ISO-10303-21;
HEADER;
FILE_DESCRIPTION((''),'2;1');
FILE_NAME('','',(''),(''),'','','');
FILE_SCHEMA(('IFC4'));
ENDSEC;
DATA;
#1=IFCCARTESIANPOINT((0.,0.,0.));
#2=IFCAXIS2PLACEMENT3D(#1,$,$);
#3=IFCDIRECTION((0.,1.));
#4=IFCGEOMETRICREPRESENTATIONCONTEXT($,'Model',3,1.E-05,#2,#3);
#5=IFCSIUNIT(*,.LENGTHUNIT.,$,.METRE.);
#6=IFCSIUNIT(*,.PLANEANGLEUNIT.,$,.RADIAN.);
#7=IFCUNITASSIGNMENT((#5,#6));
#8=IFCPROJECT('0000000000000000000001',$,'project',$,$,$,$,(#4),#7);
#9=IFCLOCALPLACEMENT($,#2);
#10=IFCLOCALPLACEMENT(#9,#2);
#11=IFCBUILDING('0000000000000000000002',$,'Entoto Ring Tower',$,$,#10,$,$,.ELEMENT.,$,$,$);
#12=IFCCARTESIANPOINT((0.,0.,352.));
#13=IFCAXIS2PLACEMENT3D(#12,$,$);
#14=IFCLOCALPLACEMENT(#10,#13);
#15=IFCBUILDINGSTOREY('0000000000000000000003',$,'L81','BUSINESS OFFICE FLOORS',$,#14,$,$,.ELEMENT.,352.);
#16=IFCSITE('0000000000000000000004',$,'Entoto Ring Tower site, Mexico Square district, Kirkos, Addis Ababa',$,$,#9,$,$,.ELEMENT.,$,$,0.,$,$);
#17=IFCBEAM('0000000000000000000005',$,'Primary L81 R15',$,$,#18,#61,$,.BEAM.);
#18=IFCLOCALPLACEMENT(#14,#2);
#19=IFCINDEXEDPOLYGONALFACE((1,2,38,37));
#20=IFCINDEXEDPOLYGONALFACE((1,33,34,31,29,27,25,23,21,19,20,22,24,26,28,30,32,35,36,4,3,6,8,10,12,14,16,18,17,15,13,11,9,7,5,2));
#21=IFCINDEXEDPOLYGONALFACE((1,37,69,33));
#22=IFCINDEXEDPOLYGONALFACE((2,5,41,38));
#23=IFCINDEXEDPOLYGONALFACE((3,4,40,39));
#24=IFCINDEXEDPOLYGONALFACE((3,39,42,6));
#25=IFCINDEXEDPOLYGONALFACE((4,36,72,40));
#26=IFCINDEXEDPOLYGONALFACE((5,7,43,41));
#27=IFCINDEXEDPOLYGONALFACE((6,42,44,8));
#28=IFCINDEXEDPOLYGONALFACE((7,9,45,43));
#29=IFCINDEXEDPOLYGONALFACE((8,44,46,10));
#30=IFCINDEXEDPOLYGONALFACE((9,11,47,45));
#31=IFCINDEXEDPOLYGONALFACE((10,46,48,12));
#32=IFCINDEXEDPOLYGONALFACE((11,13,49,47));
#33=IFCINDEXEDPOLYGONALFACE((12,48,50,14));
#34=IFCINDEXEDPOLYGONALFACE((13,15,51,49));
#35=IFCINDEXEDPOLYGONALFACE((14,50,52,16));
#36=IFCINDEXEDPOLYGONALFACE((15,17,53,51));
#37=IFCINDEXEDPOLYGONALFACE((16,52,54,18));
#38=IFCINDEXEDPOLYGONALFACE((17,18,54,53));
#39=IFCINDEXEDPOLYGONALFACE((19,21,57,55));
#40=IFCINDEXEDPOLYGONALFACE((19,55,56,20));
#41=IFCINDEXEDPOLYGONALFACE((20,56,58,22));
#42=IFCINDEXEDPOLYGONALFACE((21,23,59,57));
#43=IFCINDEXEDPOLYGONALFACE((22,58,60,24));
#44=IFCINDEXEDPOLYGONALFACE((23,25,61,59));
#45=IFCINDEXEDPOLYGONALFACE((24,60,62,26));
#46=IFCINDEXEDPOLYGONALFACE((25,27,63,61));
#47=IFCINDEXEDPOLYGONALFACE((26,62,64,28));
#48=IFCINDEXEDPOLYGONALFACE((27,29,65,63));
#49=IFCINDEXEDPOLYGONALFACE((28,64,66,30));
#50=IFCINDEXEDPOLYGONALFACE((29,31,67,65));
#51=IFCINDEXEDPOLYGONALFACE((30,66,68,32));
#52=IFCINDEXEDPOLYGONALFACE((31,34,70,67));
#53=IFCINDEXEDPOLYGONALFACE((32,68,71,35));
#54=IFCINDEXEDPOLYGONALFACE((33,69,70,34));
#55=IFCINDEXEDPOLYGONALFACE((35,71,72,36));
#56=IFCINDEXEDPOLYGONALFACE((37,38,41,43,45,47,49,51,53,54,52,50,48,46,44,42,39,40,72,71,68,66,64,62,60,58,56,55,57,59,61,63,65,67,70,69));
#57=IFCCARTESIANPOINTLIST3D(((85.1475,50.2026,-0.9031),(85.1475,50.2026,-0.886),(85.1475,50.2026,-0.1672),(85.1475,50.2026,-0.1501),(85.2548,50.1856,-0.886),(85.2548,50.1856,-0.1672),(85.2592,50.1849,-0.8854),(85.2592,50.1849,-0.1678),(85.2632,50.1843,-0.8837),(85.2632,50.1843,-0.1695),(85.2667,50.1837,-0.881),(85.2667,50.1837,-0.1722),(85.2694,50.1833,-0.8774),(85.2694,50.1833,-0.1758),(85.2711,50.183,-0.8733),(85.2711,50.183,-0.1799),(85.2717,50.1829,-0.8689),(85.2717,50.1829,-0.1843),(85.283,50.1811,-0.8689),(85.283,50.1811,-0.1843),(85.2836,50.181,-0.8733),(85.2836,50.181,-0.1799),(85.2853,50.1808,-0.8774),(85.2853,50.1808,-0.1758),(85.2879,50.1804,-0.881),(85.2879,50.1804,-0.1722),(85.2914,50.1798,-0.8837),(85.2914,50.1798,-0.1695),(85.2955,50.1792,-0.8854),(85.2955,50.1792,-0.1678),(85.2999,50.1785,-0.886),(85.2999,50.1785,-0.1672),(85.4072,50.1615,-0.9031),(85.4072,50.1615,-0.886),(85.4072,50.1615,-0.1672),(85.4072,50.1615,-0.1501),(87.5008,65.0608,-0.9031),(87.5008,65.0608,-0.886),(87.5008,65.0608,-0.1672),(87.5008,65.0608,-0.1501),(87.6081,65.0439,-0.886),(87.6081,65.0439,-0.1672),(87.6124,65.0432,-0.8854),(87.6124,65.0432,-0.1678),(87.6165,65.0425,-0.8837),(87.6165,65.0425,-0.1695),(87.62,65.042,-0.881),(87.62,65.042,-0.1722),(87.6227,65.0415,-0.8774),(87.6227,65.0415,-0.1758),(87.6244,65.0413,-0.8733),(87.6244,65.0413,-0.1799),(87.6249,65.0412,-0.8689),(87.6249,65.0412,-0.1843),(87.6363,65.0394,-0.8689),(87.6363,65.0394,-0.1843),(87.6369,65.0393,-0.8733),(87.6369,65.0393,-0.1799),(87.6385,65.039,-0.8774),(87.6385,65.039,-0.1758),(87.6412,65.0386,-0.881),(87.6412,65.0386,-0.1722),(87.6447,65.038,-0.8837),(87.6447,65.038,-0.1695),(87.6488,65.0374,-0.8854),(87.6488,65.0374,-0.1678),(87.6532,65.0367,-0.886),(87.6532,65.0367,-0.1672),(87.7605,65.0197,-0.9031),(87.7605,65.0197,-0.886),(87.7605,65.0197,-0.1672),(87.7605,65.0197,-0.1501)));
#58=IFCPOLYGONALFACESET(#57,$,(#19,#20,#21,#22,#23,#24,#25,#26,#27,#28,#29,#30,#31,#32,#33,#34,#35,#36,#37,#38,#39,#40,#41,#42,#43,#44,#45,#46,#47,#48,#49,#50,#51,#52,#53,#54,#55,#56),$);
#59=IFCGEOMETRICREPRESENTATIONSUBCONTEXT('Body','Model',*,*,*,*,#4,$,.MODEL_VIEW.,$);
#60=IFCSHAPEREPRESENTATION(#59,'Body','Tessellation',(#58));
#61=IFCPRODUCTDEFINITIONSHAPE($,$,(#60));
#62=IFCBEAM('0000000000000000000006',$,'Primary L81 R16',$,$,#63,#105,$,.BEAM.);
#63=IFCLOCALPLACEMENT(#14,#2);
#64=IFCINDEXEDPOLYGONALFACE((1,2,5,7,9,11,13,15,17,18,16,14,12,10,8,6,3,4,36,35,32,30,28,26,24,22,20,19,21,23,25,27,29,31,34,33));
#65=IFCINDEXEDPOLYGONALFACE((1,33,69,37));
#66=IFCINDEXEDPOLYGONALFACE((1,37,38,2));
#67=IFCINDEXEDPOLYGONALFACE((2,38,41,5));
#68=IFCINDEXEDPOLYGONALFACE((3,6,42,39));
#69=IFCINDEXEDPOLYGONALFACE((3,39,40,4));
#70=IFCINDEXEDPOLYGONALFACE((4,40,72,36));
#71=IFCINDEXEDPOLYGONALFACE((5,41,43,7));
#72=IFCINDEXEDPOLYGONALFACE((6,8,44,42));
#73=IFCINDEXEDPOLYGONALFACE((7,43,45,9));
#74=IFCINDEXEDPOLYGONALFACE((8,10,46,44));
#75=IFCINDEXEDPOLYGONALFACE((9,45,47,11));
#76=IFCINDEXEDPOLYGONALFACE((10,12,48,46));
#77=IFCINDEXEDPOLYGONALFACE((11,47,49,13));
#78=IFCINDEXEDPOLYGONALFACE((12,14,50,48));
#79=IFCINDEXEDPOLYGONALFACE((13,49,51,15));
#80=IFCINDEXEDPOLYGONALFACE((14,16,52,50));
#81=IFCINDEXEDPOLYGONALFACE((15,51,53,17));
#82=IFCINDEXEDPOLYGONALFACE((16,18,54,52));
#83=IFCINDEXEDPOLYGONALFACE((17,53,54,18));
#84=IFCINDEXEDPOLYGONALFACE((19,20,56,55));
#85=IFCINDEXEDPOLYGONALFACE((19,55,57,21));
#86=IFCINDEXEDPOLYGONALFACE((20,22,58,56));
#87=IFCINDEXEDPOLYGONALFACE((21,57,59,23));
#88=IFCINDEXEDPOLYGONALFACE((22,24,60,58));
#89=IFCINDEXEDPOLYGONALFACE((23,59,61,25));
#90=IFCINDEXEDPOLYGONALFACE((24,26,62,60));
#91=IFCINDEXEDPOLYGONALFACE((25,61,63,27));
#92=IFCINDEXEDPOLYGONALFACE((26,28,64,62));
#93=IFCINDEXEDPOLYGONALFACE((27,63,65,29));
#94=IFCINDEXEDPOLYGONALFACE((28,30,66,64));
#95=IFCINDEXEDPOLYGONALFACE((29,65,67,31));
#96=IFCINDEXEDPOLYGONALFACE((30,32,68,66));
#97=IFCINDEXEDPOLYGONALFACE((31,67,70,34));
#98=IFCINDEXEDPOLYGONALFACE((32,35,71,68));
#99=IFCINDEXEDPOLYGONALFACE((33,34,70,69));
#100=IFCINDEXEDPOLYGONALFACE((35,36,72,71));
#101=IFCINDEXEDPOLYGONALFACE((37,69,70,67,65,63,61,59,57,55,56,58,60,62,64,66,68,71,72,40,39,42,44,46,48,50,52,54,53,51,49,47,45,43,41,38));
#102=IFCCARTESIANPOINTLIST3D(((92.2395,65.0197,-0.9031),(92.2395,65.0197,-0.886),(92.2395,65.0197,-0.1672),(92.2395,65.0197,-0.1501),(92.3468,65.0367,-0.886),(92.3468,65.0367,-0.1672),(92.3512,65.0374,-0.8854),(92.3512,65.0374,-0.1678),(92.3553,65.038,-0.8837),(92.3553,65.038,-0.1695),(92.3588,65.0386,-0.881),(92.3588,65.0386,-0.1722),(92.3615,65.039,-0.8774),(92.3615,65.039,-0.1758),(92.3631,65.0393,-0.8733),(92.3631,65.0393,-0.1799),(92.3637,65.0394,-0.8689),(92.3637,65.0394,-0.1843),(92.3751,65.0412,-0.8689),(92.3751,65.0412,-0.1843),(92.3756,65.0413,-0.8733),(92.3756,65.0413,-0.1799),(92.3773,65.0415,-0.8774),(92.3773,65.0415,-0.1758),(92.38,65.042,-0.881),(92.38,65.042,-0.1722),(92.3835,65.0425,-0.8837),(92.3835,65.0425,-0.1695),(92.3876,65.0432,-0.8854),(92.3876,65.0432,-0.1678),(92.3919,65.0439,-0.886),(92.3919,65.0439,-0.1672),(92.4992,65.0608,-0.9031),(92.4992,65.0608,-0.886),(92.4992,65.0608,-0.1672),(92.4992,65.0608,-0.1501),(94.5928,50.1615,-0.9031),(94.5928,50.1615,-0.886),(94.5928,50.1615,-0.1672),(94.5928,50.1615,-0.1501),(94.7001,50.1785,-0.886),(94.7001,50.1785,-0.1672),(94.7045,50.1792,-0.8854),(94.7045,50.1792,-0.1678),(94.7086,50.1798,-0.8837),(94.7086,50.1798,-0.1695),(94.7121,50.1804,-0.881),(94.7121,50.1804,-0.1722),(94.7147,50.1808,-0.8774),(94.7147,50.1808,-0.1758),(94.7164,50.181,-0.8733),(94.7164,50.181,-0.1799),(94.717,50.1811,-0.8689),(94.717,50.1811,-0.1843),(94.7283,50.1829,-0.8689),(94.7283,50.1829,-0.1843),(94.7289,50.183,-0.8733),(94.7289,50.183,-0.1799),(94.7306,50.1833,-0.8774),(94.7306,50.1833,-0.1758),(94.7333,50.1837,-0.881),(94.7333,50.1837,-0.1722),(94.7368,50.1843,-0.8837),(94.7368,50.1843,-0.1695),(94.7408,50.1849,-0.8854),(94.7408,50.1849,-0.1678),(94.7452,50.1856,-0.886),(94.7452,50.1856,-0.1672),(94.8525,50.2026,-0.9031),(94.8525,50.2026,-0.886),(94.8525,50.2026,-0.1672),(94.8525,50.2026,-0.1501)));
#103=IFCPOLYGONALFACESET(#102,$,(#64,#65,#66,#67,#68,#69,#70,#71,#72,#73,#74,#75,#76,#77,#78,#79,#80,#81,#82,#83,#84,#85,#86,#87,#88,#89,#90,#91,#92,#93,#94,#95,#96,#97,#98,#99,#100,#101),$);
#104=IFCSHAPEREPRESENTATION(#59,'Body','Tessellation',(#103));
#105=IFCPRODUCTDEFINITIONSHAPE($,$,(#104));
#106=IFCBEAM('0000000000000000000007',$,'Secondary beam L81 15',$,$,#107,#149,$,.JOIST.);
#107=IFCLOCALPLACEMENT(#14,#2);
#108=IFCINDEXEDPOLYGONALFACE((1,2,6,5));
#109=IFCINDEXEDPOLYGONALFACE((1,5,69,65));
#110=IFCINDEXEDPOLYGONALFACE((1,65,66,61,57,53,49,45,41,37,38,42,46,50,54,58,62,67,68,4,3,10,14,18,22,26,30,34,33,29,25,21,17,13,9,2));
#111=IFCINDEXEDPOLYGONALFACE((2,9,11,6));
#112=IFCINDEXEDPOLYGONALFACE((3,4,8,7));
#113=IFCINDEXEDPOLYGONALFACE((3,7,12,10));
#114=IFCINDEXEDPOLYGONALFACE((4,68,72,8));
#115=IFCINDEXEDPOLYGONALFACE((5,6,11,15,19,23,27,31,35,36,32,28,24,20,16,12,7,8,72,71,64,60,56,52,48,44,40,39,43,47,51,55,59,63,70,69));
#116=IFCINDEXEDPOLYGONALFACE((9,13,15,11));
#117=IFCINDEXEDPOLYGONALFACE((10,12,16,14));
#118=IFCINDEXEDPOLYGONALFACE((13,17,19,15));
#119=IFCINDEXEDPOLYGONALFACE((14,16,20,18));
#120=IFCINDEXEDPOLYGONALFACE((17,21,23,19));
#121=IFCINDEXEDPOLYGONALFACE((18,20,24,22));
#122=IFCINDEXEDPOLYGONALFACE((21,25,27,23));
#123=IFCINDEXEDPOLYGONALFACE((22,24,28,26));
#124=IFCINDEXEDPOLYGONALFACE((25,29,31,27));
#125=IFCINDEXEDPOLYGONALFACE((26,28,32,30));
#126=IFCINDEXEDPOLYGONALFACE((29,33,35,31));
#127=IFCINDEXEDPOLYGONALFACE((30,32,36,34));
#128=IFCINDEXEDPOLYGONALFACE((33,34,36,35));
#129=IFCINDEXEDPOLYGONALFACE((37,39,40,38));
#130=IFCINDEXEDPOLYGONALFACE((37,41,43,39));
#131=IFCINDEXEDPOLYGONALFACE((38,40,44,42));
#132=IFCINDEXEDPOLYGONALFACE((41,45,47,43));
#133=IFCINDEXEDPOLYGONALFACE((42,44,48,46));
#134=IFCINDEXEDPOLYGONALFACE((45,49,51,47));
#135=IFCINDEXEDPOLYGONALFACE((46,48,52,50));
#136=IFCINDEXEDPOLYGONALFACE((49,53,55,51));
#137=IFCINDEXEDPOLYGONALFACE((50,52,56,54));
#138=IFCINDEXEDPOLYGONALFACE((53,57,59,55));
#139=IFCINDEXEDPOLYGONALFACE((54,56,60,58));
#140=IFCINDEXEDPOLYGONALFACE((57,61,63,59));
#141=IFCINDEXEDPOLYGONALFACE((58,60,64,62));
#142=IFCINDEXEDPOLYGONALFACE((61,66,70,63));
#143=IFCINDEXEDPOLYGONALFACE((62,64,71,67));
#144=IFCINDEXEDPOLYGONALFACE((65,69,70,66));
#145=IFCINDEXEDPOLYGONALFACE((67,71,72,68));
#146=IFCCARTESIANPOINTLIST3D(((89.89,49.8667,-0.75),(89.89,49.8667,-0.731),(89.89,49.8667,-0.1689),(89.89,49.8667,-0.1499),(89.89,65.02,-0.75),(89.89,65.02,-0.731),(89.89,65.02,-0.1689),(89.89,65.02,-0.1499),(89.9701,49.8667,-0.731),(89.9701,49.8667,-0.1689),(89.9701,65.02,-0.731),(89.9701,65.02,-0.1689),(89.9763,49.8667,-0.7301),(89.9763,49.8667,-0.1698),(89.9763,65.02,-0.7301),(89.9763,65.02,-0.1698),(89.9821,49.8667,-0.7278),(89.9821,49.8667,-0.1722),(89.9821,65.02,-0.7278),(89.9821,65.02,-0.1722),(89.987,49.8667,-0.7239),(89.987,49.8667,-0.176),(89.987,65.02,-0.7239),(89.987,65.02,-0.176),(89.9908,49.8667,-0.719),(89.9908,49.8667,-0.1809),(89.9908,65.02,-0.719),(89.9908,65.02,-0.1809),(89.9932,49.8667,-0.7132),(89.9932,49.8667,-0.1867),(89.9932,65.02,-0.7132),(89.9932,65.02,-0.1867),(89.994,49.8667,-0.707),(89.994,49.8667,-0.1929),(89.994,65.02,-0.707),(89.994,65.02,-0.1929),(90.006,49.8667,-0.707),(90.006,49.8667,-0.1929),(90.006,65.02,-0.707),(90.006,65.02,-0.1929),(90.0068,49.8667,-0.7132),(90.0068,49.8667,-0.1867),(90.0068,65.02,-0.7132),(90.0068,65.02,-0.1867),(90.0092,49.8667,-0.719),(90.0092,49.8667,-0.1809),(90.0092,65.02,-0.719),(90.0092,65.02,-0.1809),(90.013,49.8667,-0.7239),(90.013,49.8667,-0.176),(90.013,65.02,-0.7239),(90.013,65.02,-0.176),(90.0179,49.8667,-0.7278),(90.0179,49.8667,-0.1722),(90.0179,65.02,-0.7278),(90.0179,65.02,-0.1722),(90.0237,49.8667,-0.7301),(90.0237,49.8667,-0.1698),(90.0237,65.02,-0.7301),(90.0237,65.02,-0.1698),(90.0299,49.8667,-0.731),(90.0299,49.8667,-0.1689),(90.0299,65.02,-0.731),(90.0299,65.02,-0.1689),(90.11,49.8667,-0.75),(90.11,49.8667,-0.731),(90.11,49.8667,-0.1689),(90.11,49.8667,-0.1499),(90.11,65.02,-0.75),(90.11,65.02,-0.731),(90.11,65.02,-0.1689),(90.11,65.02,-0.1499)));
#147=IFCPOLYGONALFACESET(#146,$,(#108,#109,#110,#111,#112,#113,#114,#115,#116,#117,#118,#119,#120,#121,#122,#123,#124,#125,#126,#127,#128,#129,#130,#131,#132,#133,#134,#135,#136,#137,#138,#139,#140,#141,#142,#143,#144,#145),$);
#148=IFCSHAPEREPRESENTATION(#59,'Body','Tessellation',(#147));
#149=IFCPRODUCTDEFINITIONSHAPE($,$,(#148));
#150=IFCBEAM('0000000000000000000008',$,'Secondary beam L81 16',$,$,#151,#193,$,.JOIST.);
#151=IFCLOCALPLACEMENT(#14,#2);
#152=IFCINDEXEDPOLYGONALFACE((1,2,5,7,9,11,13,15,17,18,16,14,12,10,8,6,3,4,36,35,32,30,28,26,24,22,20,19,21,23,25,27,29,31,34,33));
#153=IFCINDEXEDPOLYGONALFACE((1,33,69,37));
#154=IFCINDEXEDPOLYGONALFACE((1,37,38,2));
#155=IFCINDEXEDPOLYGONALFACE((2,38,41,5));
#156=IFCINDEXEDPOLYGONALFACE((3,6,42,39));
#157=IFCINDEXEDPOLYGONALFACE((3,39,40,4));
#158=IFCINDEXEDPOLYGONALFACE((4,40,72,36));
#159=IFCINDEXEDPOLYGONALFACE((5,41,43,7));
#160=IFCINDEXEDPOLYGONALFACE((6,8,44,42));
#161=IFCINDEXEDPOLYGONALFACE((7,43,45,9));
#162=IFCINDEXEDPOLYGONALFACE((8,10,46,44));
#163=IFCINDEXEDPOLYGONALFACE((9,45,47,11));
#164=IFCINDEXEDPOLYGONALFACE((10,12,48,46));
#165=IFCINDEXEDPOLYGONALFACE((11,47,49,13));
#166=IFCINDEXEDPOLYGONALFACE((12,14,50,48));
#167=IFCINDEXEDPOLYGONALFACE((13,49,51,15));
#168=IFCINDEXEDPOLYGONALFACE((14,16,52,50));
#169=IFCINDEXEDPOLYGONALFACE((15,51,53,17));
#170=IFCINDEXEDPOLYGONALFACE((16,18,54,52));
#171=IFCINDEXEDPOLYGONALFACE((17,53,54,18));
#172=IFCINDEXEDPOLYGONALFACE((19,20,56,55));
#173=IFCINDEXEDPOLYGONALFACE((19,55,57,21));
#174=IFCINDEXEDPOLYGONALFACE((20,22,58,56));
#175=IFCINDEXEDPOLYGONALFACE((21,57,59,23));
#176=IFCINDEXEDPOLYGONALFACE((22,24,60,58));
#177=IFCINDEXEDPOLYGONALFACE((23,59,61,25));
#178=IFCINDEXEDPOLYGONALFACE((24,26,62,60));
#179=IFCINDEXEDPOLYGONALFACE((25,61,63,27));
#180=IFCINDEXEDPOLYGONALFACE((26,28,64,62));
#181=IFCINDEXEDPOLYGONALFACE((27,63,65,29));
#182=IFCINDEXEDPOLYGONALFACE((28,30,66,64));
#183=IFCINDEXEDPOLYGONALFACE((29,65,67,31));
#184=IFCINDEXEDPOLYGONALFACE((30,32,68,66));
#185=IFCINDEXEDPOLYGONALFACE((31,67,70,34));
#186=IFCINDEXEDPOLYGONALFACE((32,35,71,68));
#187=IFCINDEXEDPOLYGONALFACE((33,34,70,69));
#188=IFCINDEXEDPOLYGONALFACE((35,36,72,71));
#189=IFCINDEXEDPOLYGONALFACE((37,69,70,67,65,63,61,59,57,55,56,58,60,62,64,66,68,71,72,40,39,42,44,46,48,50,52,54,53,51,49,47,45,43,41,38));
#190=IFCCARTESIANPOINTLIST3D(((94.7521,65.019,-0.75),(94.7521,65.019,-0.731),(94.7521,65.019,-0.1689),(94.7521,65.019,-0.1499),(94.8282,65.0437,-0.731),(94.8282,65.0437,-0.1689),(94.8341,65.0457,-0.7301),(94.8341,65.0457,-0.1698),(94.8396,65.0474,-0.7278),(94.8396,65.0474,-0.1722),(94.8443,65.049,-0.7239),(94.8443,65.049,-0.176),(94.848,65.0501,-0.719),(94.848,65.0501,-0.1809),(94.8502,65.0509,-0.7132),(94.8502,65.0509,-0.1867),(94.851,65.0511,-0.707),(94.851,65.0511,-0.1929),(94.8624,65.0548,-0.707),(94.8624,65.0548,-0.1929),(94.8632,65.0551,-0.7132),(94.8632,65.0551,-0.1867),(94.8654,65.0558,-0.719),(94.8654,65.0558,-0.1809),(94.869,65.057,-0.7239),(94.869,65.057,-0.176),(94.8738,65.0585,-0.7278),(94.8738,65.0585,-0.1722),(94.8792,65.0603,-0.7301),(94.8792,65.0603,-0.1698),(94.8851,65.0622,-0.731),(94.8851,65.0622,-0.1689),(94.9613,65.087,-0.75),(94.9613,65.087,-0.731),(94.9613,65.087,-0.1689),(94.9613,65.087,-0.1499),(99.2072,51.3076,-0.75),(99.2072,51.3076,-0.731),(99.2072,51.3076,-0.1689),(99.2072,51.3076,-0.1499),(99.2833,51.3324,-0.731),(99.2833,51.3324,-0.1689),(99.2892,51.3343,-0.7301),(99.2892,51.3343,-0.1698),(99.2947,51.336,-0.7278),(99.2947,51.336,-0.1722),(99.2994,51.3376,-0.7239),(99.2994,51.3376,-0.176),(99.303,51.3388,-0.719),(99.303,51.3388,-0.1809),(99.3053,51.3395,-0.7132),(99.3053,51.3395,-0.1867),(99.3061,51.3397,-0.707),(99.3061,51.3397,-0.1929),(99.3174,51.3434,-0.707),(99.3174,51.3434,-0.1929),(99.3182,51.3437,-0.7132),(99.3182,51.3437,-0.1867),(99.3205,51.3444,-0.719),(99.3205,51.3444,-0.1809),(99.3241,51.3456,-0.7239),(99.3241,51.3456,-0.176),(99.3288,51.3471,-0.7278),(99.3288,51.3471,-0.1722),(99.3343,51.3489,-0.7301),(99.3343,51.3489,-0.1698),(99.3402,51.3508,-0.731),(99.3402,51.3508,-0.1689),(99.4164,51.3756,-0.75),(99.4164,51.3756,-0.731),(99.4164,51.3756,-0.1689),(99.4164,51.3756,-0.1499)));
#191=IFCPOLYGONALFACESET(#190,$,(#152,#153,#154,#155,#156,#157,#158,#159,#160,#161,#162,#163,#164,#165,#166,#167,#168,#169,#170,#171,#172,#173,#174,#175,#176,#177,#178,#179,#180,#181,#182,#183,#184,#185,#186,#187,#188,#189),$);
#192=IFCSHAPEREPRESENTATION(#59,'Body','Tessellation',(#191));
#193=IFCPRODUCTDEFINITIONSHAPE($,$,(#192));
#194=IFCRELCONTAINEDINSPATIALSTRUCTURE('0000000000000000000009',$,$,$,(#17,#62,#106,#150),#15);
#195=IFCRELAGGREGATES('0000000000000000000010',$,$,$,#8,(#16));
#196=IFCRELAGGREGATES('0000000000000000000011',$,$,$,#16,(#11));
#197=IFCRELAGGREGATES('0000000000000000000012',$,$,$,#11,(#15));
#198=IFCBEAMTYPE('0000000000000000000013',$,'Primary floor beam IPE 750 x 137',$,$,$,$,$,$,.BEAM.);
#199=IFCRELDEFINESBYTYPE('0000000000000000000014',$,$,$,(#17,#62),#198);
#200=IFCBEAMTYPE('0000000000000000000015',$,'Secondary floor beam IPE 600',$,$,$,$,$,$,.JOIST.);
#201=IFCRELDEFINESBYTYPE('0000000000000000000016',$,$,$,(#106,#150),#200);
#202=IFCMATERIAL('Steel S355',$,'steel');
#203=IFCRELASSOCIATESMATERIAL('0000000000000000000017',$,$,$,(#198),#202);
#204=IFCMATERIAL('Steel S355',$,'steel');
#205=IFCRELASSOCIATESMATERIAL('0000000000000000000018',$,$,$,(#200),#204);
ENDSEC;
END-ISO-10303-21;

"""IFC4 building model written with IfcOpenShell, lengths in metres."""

from ifc_helpers import new_model, si_unit, direction, frame, origin, origin_2d, place, context, subcontext, project, spatial, i_section, extrude, material, material_profile, profile_set, type_object, element, save


model = new_model("IFC4")

# Units and contexts
model_context = context("Model", 3, precision=1e-05, world=origin(), true_north=direction((0.0, 1.0)))
body_context = subcontext(model_context, "Body", "Model", "MODEL_VIEW")
ifc_project = project(units=[si_unit("LENGTHUNIT", "METRE"), si_unit("PLANEANGLEUNIT", "RADIAN")], contexts=[model_context])

# Site, building, storey
site_placement = place(None, origin())
site = spatial("IfcSite", under=ifc_project, at=site_placement, Name="Entoto Ring Tower site, Mexico Square district, Kirkos, Addis Ababa", CompositionType="ELEMENT", RefElevation=0.0)
building_placement = place(site_placement, origin())
building = spatial("IfcBuilding", under=site, at=building_placement, Name="Entoto Ring Tower", CompositionType="ELEMENT")
storey_placement = place(building_placement, frame((0.0, 0.0, 352.0)))
storey = spatial("IfcBuildingStorey", under=building, at=storey_placement, Name="L81", Description="BUSINESS OFFICE FLOORS", CompositionType="ELEMENT", Elevation=352.0)

# Beams
ifc_material_1 = material(Name="Steel S355", Category="steel")
ifc_material_profile_1 = material_profile(ifc_material_1, i_section(OverallWidth=0.2629, OverallDepth=0.7529, WebThickness=0.0115, FlangeThickness=0.0171, FilletRadius=0.0171, at=origin_2d()), Name="IPE 750 x 137")
ifc_profile_set_1 = profile_set([ifc_material_profile_1], Name="Steel S355")
beam_type_1 = type_object("IfcBeamType", Name="Primary floor beam IPE 750 x 137", PredefinedType="BEAM", material=ifc_profile_set_1)
for number, where, z_axis, x_axis, name in (
    (1, (87.6306, 65.0403, -0.5266), (-0.156433, -0.987689, 0.0), (0.987689, -0.156433, 0.0), "Primary L81 R15"),
    (2, (92.3694, 65.0403, -0.5266), (0.156433, -0.987689, 0.0), (0.987689, 0.156433, 0.0), "Primary L81 R16"),
):
    element("IfcBeam", number, at=place(storey_placement, frame(where, z_axis=z_axis, x_axis=x_axis)), inside=storey, type_object=beam_type_1, Name=name, PredefinedType="BEAM", context=body_context, shape_type="SweptSolid", body=[
        extrude(i_section(OverallWidth=0.2629, OverallDepth=0.7529, WebThickness=0.0115, FlangeThickness=0.0171, FilletRadius=0.0171, at=origin_2d()), origin(), (0.0, 0.0, 1.0), 15.0435),
    ])
ifc_material_2 = material(Name="Steel S355", Category="steel")
ifc_material_profile_2 = material_profile(ifc_material_2, i_section(OverallWidth=0.22, OverallDepth=0.6001, WebThickness=0.012, FlangeThickness=0.019, FilletRadius=0.0239, at=origin_2d()), Name="IPE 600")
ifc_profile_set_2 = profile_set([ifc_material_profile_2], Name="Steel S355")
beam_type_2 = type_object("IfcBeamType", Name="Secondary floor beam IPE 600", PredefinedType="JOIST", material=ifc_profile_set_2)
beam_1_placement = place(storey_placement, frame((90.0, 65.02, -0.45), z_axis=(0.0, -1.0, 0.0), x_axis=(1.0, 0.0, 0.0)))
element("IfcBeam", 3, at=beam_1_placement, inside=storey, type_object=beam_type_2, Name="Secondary beam L81 15", PredefinedType="JOIST", context=body_context, shape_type="SweptSolid", body=[
    extrude(i_section(OverallWidth=0.22, OverallDepth=0.6001, WebThickness=0.012, FlangeThickness=0.019, FilletRadius=0.0239, at=origin_2d()), origin(), (0.0, 0.0, 1.0), 15.1533),
])
beam_2_placement = place(storey_placement, frame((94.8567, 65.053, -0.45), z_axis=(0.309015, -0.951057, 0.0), x_axis=(0.951057, 0.309015, 0.0)))
element("IfcBeam", 4, at=beam_2_placement, inside=storey, type_object=beam_type_2, Name="Secondary beam L81 16", PredefinedType="JOIST", context=body_context, shape_type="SweptSolid", body=[
    extrude(i_section(OverallWidth=0.22, OverallDepth=0.6001, WebThickness=0.012, FlangeThickness=0.019, FilletRadius=0.0239, at=origin_2d()), origin(), (0.0, 0.0, 1.0), 14.417),
])

save(model, "model.ifc")
